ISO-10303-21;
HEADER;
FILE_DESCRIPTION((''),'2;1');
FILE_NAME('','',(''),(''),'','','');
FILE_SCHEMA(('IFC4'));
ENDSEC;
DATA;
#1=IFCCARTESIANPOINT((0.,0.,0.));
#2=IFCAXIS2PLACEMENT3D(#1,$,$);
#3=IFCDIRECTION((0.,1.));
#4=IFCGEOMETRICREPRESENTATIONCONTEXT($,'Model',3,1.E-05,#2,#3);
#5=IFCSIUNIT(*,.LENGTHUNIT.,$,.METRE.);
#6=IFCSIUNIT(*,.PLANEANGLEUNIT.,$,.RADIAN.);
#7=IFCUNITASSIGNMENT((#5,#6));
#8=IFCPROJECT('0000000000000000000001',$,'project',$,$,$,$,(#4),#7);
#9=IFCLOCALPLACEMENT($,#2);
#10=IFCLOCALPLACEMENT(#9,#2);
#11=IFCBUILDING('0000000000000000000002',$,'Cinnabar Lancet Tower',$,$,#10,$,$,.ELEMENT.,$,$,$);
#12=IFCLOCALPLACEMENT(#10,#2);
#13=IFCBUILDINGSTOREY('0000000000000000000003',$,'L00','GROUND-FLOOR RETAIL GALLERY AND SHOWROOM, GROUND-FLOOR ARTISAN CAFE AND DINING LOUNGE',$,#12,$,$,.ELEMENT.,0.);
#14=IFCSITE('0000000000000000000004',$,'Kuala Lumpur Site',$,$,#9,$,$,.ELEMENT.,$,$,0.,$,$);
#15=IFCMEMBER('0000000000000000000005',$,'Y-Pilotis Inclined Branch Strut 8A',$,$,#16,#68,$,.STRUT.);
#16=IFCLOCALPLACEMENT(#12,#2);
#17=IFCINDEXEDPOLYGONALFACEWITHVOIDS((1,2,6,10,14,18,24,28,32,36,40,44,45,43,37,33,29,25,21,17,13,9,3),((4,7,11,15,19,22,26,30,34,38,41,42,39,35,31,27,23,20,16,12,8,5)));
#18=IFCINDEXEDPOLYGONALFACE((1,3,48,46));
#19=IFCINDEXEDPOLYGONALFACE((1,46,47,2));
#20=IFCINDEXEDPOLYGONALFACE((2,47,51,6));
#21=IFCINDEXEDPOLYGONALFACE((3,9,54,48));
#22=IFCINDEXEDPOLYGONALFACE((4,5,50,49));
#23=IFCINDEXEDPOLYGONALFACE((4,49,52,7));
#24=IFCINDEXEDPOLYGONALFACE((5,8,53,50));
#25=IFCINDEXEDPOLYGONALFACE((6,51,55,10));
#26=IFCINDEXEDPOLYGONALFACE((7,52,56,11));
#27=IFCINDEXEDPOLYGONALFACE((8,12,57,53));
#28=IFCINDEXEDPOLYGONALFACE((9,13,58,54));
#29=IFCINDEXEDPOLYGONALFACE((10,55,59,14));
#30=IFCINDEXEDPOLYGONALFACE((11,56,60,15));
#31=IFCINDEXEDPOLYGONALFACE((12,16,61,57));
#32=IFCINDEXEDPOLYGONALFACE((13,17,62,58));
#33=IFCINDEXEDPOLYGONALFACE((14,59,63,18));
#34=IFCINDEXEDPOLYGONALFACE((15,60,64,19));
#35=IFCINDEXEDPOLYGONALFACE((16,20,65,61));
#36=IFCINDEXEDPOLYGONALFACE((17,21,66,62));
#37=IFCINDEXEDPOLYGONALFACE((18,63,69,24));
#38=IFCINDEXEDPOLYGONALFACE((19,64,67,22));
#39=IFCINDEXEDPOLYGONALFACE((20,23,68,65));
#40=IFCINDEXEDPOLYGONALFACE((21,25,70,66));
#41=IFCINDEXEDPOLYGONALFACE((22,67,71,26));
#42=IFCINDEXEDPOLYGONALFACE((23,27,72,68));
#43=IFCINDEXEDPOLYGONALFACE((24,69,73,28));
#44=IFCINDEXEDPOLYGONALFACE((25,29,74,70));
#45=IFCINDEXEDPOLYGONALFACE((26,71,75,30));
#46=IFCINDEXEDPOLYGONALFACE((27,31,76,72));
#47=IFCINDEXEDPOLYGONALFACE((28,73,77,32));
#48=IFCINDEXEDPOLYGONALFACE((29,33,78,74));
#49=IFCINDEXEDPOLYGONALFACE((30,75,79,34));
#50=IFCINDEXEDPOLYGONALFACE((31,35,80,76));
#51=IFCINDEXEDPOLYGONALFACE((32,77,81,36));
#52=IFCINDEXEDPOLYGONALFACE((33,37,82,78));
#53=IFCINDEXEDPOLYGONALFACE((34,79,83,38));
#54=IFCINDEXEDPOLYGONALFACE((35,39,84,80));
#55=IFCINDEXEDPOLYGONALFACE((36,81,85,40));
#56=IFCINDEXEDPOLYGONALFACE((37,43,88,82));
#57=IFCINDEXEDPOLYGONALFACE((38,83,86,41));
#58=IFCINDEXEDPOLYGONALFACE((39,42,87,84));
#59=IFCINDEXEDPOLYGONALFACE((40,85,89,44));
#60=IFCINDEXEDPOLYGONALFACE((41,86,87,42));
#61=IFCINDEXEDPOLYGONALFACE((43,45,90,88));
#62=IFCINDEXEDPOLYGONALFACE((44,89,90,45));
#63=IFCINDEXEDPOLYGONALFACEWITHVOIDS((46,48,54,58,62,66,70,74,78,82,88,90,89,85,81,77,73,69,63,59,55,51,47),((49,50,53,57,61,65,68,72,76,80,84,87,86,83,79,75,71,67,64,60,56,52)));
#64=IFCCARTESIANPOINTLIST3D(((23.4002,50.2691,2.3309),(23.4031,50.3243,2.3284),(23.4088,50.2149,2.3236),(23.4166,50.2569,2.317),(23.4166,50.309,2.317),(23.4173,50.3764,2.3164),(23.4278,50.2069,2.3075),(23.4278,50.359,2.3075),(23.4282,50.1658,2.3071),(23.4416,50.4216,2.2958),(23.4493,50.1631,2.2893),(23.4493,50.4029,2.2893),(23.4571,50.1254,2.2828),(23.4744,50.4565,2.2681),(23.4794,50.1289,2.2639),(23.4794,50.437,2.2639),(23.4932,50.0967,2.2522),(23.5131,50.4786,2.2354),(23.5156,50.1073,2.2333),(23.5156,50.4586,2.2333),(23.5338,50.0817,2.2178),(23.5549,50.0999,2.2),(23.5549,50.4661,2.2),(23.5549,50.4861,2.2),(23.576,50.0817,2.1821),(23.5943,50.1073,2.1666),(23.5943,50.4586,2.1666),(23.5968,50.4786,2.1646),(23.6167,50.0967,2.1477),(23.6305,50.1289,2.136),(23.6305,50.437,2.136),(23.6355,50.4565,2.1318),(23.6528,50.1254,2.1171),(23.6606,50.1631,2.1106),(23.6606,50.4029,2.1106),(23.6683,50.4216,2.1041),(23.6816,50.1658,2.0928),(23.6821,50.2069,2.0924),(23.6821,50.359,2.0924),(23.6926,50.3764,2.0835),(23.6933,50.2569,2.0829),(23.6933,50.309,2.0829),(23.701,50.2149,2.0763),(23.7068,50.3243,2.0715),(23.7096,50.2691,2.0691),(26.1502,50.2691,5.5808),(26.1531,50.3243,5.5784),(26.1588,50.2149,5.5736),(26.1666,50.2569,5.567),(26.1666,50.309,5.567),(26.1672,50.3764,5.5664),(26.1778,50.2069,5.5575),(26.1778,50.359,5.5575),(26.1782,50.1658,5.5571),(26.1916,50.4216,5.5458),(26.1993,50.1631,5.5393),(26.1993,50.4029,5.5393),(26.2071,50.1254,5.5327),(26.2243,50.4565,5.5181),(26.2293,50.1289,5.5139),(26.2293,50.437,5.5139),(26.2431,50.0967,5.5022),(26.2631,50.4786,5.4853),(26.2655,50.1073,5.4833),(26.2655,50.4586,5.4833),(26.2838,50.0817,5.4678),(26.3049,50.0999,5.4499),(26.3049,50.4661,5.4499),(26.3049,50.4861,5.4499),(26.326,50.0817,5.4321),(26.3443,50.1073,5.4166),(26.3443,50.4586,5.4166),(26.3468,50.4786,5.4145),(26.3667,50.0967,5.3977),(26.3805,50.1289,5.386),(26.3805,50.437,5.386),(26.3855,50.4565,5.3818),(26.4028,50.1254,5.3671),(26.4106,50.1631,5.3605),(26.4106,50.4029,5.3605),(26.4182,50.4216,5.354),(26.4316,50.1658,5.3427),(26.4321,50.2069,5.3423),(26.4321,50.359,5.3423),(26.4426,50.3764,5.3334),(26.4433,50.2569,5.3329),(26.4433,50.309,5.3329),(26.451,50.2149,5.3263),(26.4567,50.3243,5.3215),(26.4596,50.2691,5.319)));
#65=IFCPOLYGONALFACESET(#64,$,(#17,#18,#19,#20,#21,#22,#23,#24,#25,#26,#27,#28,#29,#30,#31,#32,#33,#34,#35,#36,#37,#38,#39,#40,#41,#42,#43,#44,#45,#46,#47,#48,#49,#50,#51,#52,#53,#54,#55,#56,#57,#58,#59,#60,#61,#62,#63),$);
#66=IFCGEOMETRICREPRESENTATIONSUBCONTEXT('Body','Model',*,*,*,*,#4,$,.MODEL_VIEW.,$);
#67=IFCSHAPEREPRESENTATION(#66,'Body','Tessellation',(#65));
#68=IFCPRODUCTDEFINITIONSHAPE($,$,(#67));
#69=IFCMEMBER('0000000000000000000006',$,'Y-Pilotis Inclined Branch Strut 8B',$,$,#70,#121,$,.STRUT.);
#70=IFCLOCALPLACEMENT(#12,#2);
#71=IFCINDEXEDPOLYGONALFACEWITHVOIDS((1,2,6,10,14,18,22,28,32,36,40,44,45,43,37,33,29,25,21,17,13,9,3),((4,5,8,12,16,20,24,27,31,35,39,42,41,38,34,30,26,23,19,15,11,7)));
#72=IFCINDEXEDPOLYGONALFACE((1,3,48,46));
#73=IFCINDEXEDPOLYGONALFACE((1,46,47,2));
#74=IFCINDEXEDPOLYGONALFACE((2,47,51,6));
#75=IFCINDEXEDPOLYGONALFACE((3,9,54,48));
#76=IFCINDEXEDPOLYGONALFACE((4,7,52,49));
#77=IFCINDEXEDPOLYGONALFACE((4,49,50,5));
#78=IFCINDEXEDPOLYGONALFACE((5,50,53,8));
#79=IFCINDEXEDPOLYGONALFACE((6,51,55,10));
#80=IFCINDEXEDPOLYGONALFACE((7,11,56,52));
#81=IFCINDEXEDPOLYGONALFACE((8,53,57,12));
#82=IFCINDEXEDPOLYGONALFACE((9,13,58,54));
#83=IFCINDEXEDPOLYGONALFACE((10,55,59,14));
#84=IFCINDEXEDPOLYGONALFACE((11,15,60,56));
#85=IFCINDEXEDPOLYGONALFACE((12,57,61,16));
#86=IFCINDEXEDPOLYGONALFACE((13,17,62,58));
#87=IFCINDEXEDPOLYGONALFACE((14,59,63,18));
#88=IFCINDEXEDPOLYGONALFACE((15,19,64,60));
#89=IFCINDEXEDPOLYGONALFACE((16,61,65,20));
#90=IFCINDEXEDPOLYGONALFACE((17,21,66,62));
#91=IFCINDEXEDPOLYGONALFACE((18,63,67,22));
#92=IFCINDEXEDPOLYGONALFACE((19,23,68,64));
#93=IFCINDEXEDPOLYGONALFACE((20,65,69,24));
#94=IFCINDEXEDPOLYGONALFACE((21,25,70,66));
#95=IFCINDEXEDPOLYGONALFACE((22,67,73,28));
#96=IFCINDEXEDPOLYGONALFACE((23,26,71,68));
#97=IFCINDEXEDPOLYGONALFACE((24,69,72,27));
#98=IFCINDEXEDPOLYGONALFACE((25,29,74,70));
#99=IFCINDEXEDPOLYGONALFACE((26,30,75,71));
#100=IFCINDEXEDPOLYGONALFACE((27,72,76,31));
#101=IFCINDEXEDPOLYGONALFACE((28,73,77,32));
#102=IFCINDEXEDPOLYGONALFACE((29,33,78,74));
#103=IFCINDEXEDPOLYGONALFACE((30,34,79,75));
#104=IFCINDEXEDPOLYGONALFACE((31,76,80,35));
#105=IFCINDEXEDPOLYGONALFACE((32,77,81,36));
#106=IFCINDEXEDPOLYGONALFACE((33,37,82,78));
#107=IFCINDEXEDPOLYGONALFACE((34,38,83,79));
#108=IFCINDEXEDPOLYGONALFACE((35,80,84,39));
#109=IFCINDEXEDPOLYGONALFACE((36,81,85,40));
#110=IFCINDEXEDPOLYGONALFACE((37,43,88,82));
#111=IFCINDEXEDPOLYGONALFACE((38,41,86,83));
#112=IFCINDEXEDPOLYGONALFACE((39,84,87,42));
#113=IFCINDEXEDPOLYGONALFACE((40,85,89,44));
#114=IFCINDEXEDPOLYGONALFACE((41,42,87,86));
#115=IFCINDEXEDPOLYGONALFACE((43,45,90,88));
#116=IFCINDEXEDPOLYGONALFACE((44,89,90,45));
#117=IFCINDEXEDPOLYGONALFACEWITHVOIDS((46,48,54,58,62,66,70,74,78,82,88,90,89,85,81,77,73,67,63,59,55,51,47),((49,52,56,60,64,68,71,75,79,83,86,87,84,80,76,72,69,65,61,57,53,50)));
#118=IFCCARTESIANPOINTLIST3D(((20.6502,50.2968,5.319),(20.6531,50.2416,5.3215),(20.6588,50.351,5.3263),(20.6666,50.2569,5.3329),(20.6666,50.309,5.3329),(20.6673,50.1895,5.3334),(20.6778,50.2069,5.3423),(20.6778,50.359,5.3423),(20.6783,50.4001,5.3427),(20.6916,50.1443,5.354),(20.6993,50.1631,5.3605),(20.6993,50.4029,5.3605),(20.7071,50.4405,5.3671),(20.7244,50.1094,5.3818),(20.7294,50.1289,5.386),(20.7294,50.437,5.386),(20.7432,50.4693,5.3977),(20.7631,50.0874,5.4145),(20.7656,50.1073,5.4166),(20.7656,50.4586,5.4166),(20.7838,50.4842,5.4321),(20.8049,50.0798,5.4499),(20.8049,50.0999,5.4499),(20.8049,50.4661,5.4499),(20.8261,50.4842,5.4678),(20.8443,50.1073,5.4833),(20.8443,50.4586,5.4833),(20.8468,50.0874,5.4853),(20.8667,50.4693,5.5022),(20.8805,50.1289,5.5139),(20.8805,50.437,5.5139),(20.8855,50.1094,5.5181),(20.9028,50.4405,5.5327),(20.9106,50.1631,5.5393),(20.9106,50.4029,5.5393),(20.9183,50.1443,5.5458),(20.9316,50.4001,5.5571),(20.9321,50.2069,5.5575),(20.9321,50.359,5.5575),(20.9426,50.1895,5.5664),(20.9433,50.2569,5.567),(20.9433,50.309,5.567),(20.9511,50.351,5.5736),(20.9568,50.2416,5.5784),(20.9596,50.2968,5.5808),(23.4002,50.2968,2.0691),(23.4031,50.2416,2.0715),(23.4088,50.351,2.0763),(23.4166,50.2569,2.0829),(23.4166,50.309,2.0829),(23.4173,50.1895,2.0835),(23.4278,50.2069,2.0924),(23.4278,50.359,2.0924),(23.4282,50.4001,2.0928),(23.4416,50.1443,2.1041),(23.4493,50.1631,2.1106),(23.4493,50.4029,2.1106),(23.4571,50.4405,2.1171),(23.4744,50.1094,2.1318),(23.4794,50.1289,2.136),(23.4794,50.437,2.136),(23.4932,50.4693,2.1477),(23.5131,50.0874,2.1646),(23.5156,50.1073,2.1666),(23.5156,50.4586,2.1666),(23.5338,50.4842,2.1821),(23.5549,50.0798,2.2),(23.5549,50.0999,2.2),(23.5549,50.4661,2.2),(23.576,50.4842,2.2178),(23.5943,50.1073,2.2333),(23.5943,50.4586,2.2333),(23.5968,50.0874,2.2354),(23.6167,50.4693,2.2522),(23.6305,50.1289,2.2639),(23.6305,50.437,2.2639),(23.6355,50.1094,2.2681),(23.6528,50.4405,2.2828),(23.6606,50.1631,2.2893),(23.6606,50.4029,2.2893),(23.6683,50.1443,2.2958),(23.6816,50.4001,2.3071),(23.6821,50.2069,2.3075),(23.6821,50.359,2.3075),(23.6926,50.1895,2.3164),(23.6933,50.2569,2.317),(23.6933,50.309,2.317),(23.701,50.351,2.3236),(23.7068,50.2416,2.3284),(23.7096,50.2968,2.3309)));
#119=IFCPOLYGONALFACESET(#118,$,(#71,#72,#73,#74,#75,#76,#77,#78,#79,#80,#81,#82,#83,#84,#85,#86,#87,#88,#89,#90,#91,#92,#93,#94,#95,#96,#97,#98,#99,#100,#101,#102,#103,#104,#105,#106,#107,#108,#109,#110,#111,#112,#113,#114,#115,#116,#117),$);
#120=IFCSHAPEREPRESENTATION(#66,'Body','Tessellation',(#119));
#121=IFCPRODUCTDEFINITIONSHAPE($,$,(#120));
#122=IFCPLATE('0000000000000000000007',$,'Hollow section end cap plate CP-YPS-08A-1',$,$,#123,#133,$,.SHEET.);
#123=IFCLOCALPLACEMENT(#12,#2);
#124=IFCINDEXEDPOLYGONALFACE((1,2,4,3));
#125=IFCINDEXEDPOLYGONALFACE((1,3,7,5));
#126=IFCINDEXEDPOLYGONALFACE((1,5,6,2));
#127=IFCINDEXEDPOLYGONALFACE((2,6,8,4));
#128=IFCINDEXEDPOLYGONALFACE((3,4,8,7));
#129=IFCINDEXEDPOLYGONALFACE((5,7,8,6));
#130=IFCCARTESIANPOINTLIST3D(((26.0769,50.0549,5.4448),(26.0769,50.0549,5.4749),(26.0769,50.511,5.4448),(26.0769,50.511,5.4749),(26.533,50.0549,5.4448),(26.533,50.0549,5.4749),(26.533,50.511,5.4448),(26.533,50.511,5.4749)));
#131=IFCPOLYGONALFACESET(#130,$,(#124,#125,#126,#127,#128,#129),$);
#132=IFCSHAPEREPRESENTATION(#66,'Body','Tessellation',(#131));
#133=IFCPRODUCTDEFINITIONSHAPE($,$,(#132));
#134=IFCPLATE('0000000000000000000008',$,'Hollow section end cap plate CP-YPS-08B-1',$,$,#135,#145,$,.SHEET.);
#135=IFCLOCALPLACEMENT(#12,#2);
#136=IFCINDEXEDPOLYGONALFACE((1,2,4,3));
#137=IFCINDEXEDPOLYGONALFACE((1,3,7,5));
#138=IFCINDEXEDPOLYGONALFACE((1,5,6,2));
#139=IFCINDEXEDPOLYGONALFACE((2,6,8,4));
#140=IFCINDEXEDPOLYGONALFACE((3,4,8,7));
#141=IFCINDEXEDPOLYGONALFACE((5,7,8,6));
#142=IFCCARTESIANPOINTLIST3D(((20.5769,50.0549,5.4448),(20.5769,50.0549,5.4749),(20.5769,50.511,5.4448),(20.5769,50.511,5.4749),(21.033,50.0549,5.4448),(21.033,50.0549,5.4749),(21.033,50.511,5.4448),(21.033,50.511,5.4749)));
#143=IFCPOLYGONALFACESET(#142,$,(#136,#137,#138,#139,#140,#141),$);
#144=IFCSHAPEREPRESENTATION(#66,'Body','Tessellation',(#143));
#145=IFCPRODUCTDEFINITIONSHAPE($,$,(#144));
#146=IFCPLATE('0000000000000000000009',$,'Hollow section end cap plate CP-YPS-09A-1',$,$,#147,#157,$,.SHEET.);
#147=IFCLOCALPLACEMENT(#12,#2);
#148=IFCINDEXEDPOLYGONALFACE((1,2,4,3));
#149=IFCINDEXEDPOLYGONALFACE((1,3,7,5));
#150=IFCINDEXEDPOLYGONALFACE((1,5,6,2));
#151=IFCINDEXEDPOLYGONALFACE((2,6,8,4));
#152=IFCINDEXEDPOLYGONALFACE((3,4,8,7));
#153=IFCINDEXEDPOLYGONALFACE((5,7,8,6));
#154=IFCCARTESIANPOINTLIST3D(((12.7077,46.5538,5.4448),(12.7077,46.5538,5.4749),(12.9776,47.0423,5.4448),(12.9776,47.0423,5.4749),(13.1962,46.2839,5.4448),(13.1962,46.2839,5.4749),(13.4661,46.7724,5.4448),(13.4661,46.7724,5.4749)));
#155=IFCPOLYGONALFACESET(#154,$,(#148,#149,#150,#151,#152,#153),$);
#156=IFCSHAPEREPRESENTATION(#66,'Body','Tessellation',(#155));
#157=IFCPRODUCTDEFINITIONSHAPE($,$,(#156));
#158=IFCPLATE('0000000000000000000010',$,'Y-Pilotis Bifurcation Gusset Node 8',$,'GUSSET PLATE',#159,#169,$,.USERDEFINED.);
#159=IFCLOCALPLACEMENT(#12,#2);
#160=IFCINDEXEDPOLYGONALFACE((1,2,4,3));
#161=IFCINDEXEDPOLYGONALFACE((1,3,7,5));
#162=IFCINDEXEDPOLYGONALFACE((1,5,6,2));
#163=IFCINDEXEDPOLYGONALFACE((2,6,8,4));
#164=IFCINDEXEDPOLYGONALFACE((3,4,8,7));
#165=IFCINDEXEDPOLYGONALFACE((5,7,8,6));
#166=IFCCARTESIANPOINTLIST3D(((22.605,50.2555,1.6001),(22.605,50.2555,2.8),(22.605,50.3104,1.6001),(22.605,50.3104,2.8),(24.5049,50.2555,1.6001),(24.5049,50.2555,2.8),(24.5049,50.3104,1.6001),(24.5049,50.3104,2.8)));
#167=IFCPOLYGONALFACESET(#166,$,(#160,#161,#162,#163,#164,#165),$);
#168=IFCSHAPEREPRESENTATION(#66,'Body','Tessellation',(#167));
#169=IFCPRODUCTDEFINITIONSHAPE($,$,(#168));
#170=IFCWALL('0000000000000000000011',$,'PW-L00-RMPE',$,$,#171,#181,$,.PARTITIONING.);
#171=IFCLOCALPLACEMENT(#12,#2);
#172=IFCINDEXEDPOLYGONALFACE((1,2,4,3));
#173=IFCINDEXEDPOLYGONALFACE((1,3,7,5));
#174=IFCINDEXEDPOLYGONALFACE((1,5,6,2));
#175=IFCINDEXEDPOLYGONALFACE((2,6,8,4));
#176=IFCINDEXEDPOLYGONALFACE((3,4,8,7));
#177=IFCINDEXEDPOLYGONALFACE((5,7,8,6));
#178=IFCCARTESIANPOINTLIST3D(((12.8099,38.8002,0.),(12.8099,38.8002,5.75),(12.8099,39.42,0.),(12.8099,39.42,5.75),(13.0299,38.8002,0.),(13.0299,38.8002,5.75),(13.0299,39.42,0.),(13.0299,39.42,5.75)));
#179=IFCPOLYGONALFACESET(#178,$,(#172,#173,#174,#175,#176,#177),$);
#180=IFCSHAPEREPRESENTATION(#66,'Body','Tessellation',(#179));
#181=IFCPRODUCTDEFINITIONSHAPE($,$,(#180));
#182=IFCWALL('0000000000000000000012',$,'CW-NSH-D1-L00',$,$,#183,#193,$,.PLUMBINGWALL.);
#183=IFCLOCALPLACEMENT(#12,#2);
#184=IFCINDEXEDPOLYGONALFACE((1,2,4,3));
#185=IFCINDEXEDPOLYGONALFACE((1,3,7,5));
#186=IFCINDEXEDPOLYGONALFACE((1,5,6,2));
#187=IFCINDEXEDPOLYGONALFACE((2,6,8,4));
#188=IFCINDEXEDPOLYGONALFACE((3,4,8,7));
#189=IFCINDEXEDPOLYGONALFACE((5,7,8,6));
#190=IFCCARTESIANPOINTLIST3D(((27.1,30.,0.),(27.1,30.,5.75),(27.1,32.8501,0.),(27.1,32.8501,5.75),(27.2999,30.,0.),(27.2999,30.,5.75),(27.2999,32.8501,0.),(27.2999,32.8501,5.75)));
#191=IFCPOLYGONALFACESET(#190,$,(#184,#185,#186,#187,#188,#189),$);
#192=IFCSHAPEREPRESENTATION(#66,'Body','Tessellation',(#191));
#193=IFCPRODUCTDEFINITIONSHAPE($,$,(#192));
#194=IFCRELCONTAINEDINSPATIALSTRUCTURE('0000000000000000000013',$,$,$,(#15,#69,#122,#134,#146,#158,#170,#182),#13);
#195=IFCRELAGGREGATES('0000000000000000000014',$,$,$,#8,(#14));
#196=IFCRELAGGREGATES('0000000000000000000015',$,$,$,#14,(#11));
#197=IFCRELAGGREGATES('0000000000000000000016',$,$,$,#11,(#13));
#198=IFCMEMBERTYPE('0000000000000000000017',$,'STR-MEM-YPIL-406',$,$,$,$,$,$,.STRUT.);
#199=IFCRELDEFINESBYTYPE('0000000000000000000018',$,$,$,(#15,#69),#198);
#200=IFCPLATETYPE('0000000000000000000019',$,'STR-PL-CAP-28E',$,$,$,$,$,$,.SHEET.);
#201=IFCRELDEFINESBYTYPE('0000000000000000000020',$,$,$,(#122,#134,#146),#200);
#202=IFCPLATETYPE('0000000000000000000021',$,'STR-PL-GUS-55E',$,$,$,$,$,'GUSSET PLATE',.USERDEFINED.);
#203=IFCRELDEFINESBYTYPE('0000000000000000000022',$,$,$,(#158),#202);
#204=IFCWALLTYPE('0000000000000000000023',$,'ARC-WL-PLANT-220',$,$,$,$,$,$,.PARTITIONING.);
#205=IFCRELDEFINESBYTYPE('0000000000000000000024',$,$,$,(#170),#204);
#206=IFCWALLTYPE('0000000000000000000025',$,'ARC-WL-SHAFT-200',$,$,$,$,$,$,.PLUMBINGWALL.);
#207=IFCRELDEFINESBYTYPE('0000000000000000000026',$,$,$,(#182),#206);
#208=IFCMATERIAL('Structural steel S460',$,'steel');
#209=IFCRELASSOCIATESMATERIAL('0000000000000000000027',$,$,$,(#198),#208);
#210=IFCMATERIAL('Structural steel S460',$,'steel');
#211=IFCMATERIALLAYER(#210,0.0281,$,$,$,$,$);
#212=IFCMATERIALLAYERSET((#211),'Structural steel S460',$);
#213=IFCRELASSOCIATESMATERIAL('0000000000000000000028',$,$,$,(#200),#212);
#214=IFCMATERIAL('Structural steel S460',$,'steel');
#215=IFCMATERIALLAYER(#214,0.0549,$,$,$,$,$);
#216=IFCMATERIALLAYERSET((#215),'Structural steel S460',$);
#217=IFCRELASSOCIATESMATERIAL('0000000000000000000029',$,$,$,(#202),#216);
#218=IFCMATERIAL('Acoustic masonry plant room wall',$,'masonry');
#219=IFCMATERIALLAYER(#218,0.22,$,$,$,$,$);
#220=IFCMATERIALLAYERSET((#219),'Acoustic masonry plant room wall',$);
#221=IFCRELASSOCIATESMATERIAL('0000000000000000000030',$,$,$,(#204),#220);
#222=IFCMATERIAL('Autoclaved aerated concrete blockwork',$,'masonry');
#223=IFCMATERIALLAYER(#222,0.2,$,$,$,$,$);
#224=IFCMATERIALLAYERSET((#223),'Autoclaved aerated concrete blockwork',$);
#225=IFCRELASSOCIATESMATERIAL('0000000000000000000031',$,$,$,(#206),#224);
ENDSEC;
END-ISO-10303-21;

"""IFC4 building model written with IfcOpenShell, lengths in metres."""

from ifc_helpers import new_model, si_unit, direction, frame, frame_2d, origin, origin_2d, place, context, subcontext, project, spatial, rectangle, hollow_circle, extrude, material, layer, layer_set, material_profile, profile_set, type_object, element, save


model = new_model("IFC4")

# Units and contexts
model_context = context("Model", 3, precision=1e-05, world=origin(), true_north=direction((0.0, 1.0)))
body_context = subcontext(model_context, "Body", "Model", "MODEL_VIEW")
ifc_project = project(units=[si_unit("LENGTHUNIT", "METRE"), si_unit("PLANEANGLEUNIT", "RADIAN")], contexts=[model_context])

# Site, building, storey
site_placement = place(None, origin())
site = spatial("IfcSite", under=ifc_project, at=site_placement, Name="Kuala Lumpur Site", CompositionType="ELEMENT", RefElevation=0.0)
building_placement = place(site_placement, origin())
building = spatial("IfcBuilding", under=site, at=building_placement, Name="Cinnabar Lancet Tower", CompositionType="ELEMENT")
storey_placement = place(building_placement, origin())
storey = spatial("IfcBuildingStorey", under=building, at=storey_placement, Name="L00", Description="GROUND-FLOOR RETAIL GALLERY AND SHOWROOM, GROUND-FLOOR ARTISAN CAFE AND DINING LOUNGE", CompositionType="ELEMENT", Elevation=0.0)

# Members
ifc_material_1 = material(Name="Structural steel S460", Category="steel")
ifc_material_profile_1 = material_profile(ifc_material_1, hollow_circle(Radius=0.2031, WallThickness=0.02, at=origin_2d()), Name="CHS 406.4x20")
ifc_profile_set_1 = profile_set([ifc_material_profile_1], Name="Structural steel S460")
member_type_1 = type_object("IfcMemberType", Name="STR-MEM-YPIL-406", PredefinedType="STRUT", material=ifc_profile_set_1)
for number, where, z_axis, x_axis, name in (
    (1, (23.5549, 50.283, 2.2), (0.645942, 0.0, 0.763386), (0.0, 1.0, 0.0), "Y-Pilotis Inclined Branch Strut 8A"),
    (2, (23.5549, 50.283, 2.2), (-0.645942, 0.0, 0.763386), (0.0, -1.0, 0.0), "Y-Pilotis Inclined Branch Strut 8B"),
):
    element("IfcMember", number, at=place(storey_placement, frame(where, z_axis=z_axis, x_axis=x_axis)), inside=storey, type_object=member_type_1, Name=name, PredefinedType="STRUT", context=body_context, shape_type="SweptSolid", body=[
        extrude(hollow_circle(Radius=0.2031, WallThickness=0.02, at=origin_2d()), origin(), (0.0, 0.0, 1.0), 4.2573),
    ])

# Plates
ifc_material_2 = material(Name="Structural steel S460", Category="steel")
ifc_layer_1 = layer(ifc_material_2, 0.0281)
ifc_layer_set_1 = layer_set([ifc_layer_1], Name="Structural steel S460")
plate_type_1 = type_object("IfcPlateType", Name="STR-PL-CAP-28E", PredefinedType="SHEET", material=ifc_layer_set_1)
for number, where, z_axis, x_axis, name in (
    (3, (26.3049, 50.283, 5.4448), (0.0, 0.0, 1.0), (1.0, 0.0, 0.0), "Hollow section end cap plate CP-YPS-08A-1"),
    (4, (20.8049, 50.283, 5.4448), (0.0, 0.0, 1.0), (-1.0, 0.0, 0.0), "Hollow section end cap plate CP-YPS-08B-1"),
):
    element("IfcPlate", number, at=place(storey_placement, frame(where, z_axis=z_axis, x_axis=x_axis)), inside=storey, type_object=plate_type_1, Name=name, PredefinedType="SHEET", context=body_context, shape_type="SweptSolid", body=[
        extrude(rectangle(XDim=0.4561, YDim=0.4561, at=origin_2d()), origin(), (0.0, 0.0, 1.0), 0.03),
    ])
plate_1_placement = place(storey_placement, frame((13.0869, 46.6631, 5.4448), z_axis=(0.0, 0.0, 1.0), x_axis=(0.483634, 0.87527, 0.0)))
element("IfcPlate", 5, at=plate_1_placement, inside=storey, type_object=plate_type_1, Name="Hollow section end cap plate CP-YPS-09A-1", PredefinedType="SHEET", context=body_context, shape_type="SweptSolid", body=[
    extrude(rectangle(XDim=0.5581, YDim=0.5581, at=origin_2d()), origin(), (0.0, 0.0, 1.0), 0.03),
])
ifc_material_3 = material(Name="Structural steel S460", Category="steel")
ifc_layer_2 = layer(ifc_material_3, 0.0549)
ifc_layer_set_2 = layer_set([ifc_layer_2], Name="Structural steel S460")
plate_type_2 = type_object("IfcPlateType", Name="STR-PL-GUS-55E", ElementType="GUSSET PLATE", PredefinedType="USERDEFINED", material=ifc_layer_set_2)
plate_2_placement = place(storey_placement, frame((23.5549, 50.283, 1.6001), z_axis=(0.0, 0.0, 1.0), x_axis=(-1.0, 0.0, 0.0)))
element("IfcPlate", 6, at=plate_2_placement, inside=storey, type_object=plate_type_2, Name="Y-Pilotis Bifurcation Gusset Node 8", ObjectType="GUSSET PLATE", PredefinedType="USERDEFINED", context=body_context, shape_type="SweptSolid", body=[
    extrude(rectangle(XDim=1.8999, YDim=0.0549, at=origin_2d()), origin(), (0.0, 0.0, 1.0), 1.2),
])

# Walls
ifc_material_4 = material(Name="Acoustic masonry plant room wall", Category="masonry")
ifc_layer_3 = layer(ifc_material_4, 0.22)
ifc_layer_set_3 = layer_set([ifc_layer_3], Name="Acoustic masonry plant room wall")
wall_type_1 = type_object("IfcWallType", Name="ARC-WL-PLANT-220", PredefinedType="PARTITIONING", material=ifc_layer_set_3)
wall_1_placement = place(storey_placement, frame((12.9199, 38.8, 0.0), z_axis=(0.0, 0.0, 1.0), x_axis=(0.0, 1.0, 0.0)))
element("IfcWall", 7, at=wall_1_placement, inside=storey, type_object=wall_type_1, Name="PW-L00-RMPE", PredefinedType="PARTITIONING", context=body_context, shape_type="SweptSolid", body=[
    extrude(rectangle(XDim=0.6199, YDim=0.22, at=frame_2d((0.3101, 0.0))), origin(), (0.0, 0.0, 1.0), 5.75),
])
ifc_material_5 = material(Name="Autoclaved aerated concrete blockwork", Category="masonry")
ifc_layer_4 = layer(ifc_material_5, 0.2)
ifc_layer_set_4 = layer_set([ifc_layer_4], Name="Autoclaved aerated concrete blockwork")
wall_type_2 = type_object("IfcWallType", Name="ARC-WL-SHAFT-200", PredefinedType="PLUMBINGWALL", material=ifc_layer_set_4)
for number, where, z_axis, x_axis, name in (
    (8, (27.2, 30.0, 0.0), (0.0, 0.0, 1.0), (0.0, 1.0, 0.0), "CW-NSH-D1-L00"),
):
    element("IfcWall", number, at=place(storey_placement, frame(where, z_axis=z_axis, x_axis=x_axis)), inside=storey, type_object=wall_type_2, Name=name, PredefinedType="PLUMBINGWALL", context=body_context, shape_type="SweptSolid", body=[
        extrude(rectangle(XDim=2.8501, YDim=0.2, at=frame_2d((1.425, 0.0))), origin(), (0.0, 0.0, 1.0), 5.75),
    ])

save(model, "model.ifc")
